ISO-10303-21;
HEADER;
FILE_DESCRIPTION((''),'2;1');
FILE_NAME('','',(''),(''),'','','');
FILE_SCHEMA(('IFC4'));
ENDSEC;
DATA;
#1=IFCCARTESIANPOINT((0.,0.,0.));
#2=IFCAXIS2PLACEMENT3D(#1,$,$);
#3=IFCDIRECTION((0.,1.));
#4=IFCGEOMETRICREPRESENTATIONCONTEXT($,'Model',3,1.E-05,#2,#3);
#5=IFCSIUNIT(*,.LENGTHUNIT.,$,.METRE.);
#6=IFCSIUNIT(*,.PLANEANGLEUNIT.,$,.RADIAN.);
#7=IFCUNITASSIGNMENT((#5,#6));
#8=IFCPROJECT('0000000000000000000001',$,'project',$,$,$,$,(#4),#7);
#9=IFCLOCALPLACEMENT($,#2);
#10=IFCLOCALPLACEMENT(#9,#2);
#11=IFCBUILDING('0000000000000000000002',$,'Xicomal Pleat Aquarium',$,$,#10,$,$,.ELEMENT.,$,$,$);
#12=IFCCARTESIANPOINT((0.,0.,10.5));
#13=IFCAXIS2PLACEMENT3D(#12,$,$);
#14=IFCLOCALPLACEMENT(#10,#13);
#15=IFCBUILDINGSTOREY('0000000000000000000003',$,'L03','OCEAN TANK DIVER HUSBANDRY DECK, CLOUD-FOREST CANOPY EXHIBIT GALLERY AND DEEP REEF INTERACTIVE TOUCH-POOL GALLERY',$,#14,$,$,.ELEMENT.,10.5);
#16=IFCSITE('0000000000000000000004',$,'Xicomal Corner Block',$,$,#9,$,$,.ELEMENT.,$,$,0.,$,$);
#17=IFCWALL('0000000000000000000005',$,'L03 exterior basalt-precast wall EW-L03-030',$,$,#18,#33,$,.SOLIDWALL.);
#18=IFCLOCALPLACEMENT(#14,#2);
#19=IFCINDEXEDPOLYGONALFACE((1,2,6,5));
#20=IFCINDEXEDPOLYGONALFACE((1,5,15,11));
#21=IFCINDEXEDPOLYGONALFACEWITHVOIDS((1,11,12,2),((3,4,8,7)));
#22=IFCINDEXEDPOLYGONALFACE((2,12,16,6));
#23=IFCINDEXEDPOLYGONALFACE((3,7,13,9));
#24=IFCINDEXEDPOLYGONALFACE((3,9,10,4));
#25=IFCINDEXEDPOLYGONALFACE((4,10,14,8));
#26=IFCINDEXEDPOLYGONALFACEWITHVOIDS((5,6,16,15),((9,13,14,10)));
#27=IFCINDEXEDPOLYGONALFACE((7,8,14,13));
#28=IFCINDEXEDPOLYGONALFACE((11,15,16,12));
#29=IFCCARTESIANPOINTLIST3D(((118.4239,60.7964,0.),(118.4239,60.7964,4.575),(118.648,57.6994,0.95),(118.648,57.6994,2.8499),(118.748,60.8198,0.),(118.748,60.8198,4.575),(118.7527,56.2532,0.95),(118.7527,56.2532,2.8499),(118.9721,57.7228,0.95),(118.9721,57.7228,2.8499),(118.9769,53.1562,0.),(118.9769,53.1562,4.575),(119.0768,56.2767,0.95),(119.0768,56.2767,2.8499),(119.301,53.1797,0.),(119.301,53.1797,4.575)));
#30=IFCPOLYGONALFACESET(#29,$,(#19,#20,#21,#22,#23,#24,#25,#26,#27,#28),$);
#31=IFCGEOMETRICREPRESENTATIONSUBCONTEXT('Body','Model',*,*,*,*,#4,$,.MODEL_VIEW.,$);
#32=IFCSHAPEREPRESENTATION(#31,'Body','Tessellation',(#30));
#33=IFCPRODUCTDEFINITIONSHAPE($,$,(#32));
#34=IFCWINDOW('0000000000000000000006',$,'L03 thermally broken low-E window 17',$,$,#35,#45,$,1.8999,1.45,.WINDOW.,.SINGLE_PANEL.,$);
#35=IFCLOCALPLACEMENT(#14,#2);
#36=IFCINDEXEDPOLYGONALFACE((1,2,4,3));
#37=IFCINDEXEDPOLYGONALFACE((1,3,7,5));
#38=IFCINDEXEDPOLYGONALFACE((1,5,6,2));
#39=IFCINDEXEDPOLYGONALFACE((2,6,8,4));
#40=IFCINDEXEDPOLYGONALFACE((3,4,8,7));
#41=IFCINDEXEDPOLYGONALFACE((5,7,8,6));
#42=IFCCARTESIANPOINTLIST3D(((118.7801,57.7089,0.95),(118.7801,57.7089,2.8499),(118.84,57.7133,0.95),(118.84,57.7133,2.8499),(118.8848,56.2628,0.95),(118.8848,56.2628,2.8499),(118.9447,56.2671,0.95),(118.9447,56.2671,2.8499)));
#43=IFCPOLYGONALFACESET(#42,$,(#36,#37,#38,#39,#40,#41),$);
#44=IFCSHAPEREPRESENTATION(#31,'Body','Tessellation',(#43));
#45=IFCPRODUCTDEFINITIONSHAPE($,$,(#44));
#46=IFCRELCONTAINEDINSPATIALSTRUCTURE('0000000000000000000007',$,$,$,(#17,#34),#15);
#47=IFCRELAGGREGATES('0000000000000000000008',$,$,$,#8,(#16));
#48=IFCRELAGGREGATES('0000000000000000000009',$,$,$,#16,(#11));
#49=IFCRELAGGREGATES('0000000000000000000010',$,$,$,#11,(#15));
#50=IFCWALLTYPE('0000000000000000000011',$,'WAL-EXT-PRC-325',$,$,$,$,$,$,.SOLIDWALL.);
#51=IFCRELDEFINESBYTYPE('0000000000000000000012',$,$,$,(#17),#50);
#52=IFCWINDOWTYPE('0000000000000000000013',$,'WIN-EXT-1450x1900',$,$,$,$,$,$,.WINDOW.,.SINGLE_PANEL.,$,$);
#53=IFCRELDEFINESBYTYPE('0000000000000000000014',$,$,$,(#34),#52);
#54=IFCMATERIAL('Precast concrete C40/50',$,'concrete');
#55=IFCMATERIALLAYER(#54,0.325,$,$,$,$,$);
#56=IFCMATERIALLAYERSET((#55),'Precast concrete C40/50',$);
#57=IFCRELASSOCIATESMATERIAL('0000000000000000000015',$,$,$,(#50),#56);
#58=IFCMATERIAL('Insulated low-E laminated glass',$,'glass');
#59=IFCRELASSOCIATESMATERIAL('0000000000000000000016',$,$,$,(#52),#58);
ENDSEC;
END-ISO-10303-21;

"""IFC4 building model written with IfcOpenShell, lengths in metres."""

from ifc_helpers import new_model, si_unit, direction, frame, frame_2d, origin, place, context, subcontext, project, spatial, rectangle, extrude, material, layer, layer_set, type_object, element, fill, save


model = new_model("IFC4")

# Units and contexts
model_context = context("Model", 3, precision=1e-05, world=origin(), true_north=direction((0.0, 1.0)))
body_context = subcontext(model_context, "Body", "Model", "MODEL_VIEW")
ifc_project = project(units=[si_unit("LENGTHUNIT", "METRE"), si_unit("PLANEANGLEUNIT", "RADIAN")], contexts=[model_context])

# Site, building, storey
site_placement = place(None, origin())
site = spatial("IfcSite", under=ifc_project, at=site_placement, Name="Xicomal Corner Block", CompositionType="ELEMENT", RefElevation=0.0)
building_placement = place(site_placement, origin())
building = spatial("IfcBuilding", under=site, at=building_placement, Name="Xicomal Pleat Aquarium", CompositionType="ELEMENT")
storey_placement = place(building_placement, frame((0.0, 0.0, 10.5)))
storey = spatial("IfcBuildingStorey", under=building, at=storey_placement, Name="L03", Description="OCEAN TANK DIVER HUSBANDRY DECK, CLOUD-FOREST CANOPY EXHIBIT GALLERY AND DEEP REEF INTERACTIVE TOUCH-POOL GALLERY", CompositionType="ELEMENT", Elevation=10.5)

# Wall, opening, window
ifc_material_1 = material(Name="Precast concrete C40/50", Category="concrete")
ifc_layer_1 = layer(ifc_material_1, 0.325)
ifc_layer_set_1 = layer_set([ifc_layer_1], Name="Precast concrete C40/50")
wall_type = type_object("IfcWallType", Name="WAL-EXT-PRC-325", PredefinedType="SOLIDWALL", material=ifc_layer_set_1)
wall_placement = place(storey_placement, frame((118.5859, 60.8081, 0.0), z_axis=(0.0, 0.0, 1.0), x_axis=(0.072189, -0.997391, 0.0)))
wall = element("IfcWall", 1, at=wall_placement, inside=storey, type_object=wall_type, Name="L03 exterior basalt-precast wall EW-L03-030", PredefinedType="SOLIDWALL", context=body_context, shape_type="SweptSolid", body=[
    extrude(rectangle(XDim=7.6602, YDim=0.325, at=frame_2d((3.8301, 0.0))), origin(), (0.0, 0.0, 1.0), 4.575),
])
opening_placement = place(wall_placement, frame((3.105, 0.0, 0.95)))
opening = element("IfcOpeningElement", 2, at=opening_placement, cuts=wall, PredefinedType="OPENING", context=body_context, shape_type="SweptSolid", body=[
    extrude(rectangle(XDim=1.45, YDim=1.8999, at=frame_2d((0.7251, 0.95))), frame((0.0, 0.1724, 0.0), z_axis=(0.0, -1.0, 0.0), x_axis=(1.0, 0.0, 0.0)), (0.0, 0.0, 1.0), 0.345),
])
ifc_material_2 = material(Name="Insulated low-E laminated glass", Category="glass")
window_type = type_object("IfcWindowType", Name="WIN-EXT-1450x1900", PartitioningType="SINGLE_PANEL", PredefinedType="WINDOW", material=ifc_material_2)
window_placement = place(opening_placement, origin())
window = element("IfcWindow", 3, at=window_placement, inside=storey, type_object=window_type, Name="L03 thermally broken low-E window 17", OverallHeight=1.8999, OverallWidth=1.45, PartitioningType="SINGLE_PANEL", PredefinedType="WINDOW", context=body_context, shape_type="SweptSolid", body=[
    extrude(rectangle(XDim=1.45, YDim=1.8999, at=frame_2d((0.7251, 0.95))), frame((0.0, 0.03, 0.0), z_axis=(0.0, -1.0, 0.0), x_axis=(1.0, 0.0, 0.0)), (0.0, 0.0, 1.0), 0.0601),
])
fill(opening, window)

save(model, "model.ifc")
